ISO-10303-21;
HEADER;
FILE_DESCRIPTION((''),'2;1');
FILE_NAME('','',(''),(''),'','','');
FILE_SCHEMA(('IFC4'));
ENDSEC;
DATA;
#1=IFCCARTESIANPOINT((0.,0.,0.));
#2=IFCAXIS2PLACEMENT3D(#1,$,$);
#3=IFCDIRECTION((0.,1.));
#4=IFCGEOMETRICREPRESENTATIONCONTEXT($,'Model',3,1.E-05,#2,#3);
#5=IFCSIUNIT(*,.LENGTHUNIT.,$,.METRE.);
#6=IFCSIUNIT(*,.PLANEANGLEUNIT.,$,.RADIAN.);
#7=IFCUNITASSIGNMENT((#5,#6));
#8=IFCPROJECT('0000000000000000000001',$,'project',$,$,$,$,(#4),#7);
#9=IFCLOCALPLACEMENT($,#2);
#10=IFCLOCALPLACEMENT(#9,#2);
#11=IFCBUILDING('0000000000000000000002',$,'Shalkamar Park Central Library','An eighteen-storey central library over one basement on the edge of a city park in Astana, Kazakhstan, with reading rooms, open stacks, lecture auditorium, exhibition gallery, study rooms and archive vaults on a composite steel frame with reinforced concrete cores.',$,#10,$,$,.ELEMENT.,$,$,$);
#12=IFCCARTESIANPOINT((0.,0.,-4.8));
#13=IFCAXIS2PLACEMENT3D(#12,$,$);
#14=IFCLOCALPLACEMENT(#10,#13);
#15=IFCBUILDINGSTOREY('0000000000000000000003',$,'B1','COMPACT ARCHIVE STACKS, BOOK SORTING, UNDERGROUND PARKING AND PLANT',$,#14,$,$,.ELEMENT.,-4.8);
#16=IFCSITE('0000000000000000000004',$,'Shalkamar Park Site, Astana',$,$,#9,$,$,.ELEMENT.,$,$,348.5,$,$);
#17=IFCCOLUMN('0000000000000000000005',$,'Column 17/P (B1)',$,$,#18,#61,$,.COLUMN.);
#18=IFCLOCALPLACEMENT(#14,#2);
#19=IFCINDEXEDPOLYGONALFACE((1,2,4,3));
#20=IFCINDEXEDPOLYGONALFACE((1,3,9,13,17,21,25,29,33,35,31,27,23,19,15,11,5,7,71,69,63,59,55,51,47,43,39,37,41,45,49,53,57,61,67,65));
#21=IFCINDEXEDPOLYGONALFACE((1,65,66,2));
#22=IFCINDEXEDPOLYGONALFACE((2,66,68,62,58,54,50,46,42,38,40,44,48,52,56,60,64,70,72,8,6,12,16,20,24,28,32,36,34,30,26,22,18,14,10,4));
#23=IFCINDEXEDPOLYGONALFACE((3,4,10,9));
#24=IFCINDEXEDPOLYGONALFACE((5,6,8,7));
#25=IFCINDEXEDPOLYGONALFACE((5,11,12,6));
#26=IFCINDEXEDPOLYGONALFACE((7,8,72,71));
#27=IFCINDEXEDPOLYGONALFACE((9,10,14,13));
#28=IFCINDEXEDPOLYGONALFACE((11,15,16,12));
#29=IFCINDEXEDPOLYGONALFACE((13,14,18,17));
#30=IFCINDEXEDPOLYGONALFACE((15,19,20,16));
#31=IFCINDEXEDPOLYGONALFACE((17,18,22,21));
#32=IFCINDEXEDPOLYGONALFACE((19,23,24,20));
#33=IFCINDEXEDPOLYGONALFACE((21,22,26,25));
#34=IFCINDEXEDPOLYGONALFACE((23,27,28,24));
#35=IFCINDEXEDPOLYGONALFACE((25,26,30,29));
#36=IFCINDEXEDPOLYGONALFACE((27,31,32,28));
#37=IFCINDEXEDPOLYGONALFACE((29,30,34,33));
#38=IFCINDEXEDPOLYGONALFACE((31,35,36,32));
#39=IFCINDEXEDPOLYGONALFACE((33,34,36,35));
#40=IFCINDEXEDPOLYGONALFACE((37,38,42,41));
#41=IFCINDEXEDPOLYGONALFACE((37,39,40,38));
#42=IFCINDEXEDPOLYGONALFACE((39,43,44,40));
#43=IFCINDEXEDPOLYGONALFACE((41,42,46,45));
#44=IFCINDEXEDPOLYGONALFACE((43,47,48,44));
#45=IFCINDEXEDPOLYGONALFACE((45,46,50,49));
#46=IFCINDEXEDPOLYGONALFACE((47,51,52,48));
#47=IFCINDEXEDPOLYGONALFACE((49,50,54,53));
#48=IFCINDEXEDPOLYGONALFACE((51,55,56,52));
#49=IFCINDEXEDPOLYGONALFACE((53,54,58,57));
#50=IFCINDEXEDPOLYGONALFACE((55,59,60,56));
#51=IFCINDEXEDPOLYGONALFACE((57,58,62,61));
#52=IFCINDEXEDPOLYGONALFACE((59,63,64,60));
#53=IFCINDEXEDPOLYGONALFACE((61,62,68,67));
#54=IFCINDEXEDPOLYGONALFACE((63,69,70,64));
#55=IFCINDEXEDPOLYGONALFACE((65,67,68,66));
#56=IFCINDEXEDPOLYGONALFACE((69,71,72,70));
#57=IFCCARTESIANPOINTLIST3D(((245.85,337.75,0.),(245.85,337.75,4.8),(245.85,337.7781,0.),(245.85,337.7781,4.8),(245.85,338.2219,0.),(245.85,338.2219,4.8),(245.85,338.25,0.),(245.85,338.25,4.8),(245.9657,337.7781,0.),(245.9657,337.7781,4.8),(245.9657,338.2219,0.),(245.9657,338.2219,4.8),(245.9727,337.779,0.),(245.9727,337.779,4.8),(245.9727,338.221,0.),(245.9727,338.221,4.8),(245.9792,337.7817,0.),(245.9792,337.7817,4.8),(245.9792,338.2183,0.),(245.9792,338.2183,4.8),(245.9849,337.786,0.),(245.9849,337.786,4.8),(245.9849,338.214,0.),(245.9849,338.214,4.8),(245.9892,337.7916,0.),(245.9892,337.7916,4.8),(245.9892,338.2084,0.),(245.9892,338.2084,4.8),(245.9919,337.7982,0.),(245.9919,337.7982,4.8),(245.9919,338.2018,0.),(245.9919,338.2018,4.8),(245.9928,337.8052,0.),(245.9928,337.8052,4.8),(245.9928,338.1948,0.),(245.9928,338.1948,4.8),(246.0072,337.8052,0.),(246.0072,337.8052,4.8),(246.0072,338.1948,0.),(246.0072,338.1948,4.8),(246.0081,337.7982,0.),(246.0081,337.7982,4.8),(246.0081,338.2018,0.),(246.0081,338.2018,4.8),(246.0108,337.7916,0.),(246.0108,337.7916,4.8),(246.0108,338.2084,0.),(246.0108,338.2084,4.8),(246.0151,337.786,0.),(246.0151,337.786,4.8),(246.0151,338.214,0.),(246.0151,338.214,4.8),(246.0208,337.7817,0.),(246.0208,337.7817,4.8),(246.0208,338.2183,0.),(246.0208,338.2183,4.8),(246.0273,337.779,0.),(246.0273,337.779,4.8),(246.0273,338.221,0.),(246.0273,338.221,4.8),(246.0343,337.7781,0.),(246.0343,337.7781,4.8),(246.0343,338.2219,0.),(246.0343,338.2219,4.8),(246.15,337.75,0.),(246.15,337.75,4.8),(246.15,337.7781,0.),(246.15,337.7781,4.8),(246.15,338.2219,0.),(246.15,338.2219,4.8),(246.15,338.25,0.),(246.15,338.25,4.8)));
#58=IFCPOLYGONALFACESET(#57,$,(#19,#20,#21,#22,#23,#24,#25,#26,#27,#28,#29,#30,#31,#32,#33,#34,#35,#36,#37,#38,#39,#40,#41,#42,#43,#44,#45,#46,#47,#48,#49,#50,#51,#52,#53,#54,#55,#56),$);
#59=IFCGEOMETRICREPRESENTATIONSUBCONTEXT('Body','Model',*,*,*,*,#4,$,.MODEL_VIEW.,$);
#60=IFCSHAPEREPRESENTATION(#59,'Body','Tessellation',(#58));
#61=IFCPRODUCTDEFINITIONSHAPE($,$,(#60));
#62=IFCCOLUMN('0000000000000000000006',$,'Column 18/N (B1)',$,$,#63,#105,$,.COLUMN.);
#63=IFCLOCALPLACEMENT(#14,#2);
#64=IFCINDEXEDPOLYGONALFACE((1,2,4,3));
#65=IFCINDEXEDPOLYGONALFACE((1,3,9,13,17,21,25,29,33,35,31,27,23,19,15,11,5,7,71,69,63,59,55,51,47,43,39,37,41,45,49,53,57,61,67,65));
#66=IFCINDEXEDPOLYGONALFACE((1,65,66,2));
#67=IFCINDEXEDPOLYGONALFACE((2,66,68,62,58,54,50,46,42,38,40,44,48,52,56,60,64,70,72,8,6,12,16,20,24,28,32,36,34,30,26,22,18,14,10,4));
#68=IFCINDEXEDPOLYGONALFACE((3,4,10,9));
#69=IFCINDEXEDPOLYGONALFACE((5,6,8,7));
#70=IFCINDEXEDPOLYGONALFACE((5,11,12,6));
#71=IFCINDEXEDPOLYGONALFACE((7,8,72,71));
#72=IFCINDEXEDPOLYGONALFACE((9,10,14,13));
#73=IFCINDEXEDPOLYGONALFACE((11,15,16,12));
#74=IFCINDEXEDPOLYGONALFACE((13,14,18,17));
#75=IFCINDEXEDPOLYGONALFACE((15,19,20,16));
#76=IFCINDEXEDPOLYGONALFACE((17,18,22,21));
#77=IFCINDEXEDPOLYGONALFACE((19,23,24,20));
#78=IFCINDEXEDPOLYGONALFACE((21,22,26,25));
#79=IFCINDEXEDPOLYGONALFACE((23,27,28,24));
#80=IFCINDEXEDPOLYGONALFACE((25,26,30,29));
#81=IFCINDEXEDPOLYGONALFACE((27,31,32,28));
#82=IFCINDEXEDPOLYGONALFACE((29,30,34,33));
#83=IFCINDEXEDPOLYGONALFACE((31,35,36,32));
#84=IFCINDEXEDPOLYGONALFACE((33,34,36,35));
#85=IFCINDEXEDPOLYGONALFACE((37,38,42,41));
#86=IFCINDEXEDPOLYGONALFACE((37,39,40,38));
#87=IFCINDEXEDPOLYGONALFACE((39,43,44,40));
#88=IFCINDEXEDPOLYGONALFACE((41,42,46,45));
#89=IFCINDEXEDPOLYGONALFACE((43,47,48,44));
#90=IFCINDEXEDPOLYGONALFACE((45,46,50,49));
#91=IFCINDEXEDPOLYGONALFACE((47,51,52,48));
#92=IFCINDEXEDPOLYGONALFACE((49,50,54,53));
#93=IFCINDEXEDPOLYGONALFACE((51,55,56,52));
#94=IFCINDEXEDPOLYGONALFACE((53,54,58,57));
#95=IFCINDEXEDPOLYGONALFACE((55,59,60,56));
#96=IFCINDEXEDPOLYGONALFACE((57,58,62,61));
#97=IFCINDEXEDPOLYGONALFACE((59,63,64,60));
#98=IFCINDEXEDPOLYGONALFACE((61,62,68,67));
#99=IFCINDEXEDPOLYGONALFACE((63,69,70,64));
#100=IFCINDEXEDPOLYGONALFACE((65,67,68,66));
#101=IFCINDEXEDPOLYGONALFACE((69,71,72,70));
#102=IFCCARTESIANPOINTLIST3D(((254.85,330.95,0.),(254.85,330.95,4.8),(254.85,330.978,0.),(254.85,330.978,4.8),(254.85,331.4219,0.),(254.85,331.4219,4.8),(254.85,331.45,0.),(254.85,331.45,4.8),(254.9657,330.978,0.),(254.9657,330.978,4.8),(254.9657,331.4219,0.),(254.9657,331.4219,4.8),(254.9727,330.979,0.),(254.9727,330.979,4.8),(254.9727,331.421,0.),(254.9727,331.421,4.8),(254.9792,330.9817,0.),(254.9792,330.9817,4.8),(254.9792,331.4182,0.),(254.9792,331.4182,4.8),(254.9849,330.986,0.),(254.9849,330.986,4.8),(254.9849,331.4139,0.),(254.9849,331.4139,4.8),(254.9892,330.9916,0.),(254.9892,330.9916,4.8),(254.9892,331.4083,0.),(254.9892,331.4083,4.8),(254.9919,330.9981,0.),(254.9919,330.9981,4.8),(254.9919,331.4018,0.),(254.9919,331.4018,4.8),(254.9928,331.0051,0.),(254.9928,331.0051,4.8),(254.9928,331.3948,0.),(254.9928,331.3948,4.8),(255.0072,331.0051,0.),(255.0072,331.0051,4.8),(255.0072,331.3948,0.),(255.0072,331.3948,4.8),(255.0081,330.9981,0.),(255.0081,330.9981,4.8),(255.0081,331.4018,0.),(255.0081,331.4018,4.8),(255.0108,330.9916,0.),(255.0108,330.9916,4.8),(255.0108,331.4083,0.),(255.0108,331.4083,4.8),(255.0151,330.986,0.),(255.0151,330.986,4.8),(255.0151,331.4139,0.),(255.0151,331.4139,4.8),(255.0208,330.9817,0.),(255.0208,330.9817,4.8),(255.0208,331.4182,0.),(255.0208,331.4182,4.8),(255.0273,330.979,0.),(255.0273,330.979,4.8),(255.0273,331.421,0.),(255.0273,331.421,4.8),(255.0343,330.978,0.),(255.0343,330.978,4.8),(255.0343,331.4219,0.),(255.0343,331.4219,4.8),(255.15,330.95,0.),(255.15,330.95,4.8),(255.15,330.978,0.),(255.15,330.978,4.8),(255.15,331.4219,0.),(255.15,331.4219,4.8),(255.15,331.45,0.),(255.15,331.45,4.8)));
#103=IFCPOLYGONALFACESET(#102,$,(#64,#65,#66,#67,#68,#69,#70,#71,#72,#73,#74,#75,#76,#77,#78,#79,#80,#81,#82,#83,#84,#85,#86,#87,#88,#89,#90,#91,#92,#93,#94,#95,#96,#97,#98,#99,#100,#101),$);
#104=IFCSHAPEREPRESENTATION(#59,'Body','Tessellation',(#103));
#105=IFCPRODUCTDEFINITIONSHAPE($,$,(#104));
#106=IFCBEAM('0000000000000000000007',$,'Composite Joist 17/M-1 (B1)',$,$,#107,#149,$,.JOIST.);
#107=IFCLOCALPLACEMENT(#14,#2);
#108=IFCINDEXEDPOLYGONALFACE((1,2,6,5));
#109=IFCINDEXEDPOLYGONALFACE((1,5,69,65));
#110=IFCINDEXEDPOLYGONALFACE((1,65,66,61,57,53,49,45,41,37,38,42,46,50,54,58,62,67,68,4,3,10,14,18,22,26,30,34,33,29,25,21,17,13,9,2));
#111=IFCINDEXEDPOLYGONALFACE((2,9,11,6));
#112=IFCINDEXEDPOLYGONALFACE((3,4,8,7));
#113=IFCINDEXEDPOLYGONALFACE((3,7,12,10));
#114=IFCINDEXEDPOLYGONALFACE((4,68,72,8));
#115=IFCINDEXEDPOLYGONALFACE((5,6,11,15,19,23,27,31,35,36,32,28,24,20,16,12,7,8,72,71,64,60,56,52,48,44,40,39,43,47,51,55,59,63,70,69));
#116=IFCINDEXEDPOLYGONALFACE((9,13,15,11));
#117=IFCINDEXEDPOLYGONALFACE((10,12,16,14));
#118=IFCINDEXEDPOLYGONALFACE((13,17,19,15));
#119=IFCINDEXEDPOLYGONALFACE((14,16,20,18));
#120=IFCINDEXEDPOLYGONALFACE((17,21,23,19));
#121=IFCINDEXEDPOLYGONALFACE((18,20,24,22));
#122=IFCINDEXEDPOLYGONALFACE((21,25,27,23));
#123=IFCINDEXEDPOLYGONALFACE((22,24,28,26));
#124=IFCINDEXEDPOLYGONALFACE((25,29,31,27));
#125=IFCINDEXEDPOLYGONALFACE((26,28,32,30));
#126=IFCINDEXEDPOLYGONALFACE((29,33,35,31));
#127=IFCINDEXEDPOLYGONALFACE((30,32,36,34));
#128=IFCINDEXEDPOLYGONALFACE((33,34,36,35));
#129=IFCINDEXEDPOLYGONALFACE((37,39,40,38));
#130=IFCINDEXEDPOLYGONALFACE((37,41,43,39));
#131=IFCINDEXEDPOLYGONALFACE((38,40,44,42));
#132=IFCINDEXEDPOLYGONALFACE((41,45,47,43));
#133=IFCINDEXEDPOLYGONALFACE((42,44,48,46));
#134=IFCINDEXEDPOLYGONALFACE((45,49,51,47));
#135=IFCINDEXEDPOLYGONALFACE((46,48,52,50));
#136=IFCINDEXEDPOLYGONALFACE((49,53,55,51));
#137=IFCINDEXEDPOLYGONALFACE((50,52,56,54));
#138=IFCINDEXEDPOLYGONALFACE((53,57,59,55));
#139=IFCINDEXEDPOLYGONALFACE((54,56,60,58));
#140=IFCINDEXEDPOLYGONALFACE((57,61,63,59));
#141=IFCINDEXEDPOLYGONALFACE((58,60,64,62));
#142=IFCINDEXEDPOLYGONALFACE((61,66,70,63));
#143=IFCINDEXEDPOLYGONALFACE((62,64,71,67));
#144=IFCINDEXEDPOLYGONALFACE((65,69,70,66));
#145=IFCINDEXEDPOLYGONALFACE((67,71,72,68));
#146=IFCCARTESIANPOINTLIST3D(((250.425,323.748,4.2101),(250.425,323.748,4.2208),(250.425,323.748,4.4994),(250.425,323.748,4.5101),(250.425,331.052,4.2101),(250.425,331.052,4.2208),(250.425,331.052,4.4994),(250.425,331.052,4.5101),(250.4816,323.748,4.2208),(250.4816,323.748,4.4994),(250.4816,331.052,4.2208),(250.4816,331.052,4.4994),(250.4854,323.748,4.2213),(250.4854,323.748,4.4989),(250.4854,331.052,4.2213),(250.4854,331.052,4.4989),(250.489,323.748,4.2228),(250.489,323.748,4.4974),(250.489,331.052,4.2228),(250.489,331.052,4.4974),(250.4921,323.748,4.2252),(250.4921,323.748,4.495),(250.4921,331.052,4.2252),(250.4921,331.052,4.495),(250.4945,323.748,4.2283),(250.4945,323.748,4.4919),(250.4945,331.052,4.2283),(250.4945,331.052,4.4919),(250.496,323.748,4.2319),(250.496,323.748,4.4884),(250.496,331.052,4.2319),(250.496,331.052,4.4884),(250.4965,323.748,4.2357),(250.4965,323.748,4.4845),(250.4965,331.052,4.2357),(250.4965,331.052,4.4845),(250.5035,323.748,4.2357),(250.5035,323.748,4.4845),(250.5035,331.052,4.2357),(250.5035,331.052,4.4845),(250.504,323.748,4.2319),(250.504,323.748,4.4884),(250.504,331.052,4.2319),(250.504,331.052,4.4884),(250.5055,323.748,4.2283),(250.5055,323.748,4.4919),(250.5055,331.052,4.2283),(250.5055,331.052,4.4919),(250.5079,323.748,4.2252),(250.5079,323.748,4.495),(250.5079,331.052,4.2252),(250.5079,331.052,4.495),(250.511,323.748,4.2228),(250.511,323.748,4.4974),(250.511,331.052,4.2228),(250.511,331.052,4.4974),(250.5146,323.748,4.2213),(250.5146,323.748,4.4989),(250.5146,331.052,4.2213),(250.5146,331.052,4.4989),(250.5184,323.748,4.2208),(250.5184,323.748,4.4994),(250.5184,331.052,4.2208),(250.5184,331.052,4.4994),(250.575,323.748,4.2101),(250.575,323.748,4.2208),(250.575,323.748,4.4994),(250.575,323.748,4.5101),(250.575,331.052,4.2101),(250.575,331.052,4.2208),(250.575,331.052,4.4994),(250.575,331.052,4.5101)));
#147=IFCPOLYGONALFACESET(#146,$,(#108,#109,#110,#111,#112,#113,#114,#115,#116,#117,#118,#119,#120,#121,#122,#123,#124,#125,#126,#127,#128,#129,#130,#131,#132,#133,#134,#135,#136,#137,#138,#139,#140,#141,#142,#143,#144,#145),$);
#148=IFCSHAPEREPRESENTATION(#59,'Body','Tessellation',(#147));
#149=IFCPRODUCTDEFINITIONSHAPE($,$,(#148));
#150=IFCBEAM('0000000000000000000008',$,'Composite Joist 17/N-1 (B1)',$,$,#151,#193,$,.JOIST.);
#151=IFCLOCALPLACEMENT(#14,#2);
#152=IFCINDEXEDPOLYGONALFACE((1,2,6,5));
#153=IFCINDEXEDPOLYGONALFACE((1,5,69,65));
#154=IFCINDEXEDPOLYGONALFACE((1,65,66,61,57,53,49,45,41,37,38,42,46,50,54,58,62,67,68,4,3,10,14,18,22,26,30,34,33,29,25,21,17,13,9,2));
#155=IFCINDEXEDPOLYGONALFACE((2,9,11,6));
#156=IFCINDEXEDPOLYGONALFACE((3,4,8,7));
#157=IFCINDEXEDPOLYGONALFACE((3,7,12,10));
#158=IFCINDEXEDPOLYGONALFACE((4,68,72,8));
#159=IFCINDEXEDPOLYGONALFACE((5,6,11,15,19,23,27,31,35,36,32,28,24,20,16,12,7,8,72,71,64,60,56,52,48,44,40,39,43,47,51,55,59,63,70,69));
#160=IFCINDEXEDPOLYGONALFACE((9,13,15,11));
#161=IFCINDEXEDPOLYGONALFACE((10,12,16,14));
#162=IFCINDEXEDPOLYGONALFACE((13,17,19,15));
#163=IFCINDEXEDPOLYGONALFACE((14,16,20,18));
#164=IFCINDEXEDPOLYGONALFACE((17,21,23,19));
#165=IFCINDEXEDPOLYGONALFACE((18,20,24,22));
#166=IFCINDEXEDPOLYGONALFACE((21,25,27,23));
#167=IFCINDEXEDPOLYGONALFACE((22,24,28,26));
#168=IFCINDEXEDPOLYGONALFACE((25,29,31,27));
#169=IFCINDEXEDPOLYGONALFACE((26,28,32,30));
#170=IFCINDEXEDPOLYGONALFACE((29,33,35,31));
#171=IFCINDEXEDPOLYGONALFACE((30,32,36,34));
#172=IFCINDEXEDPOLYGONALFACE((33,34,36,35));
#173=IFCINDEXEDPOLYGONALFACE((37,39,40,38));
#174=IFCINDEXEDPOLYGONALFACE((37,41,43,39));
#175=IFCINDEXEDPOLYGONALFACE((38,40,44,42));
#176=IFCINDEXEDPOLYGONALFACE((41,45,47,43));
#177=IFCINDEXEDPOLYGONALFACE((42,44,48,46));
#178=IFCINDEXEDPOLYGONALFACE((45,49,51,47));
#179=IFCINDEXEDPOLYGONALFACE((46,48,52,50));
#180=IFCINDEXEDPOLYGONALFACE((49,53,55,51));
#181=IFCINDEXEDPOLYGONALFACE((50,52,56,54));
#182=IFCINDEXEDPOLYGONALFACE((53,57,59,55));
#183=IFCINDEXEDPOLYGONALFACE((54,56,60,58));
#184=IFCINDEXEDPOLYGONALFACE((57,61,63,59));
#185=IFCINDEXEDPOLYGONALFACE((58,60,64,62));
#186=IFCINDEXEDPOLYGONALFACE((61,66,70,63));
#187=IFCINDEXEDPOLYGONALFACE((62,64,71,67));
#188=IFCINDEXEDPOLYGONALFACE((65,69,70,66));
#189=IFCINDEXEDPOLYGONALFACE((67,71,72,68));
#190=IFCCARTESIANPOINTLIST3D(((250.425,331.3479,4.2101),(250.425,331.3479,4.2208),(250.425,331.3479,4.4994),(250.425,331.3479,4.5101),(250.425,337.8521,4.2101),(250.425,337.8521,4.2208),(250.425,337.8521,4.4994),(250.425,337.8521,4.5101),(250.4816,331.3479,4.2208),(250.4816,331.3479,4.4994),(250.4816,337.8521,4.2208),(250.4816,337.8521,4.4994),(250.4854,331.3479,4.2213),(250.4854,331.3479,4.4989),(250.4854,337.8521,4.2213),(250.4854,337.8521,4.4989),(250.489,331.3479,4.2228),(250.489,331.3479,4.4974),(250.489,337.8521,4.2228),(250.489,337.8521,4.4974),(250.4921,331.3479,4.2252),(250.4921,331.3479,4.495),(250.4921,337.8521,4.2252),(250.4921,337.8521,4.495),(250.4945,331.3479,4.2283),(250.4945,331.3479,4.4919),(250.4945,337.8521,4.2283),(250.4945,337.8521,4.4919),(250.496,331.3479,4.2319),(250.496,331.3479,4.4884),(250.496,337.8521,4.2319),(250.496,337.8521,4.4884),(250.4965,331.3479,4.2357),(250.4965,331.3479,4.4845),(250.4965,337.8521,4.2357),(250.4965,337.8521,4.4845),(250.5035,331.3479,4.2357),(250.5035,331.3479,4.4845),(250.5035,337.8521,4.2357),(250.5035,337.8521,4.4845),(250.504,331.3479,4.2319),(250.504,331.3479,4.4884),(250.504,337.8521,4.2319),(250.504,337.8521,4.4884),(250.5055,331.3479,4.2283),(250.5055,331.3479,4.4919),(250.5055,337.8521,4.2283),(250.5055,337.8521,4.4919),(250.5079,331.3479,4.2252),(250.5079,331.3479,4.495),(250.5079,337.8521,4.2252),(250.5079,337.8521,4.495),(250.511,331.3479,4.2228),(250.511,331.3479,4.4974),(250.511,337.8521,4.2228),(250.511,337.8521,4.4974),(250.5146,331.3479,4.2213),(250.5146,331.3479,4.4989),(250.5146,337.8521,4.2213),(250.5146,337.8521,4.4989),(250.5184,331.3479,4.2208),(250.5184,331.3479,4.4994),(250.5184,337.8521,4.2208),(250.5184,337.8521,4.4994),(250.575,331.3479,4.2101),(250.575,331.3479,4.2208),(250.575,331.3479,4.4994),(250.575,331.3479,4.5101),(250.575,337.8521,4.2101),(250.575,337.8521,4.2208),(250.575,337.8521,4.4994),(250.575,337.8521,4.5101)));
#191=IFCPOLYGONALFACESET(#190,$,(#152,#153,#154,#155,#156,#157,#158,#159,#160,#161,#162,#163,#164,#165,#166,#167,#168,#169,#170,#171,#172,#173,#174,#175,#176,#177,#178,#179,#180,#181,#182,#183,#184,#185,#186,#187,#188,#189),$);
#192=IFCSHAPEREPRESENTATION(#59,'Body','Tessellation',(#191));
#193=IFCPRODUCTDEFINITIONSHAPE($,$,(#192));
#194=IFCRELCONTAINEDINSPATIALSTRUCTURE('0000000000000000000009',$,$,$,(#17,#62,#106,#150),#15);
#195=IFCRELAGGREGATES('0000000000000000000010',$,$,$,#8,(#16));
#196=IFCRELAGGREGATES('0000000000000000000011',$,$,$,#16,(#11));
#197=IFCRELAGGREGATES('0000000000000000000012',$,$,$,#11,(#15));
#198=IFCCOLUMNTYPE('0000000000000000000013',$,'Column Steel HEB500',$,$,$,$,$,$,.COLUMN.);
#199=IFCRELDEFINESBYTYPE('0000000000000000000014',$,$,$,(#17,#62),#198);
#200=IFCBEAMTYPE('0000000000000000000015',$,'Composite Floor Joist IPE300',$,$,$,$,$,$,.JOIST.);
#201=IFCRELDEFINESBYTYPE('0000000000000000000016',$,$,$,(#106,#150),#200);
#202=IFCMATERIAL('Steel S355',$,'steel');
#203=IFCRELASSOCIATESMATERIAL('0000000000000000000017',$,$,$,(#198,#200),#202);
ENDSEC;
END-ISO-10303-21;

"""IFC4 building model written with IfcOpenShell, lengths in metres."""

from ifc_helpers import new_model, si_unit, direction, frame, origin, origin_2d, place, context, subcontext, project, spatial, i_section, extrude, material, material_profile, profile_set, type_object, element, save


model = new_model("IFC4")

# Units and contexts
model_context = context("Model", 3, precision=1e-05, world=origin(), true_north=direction((0.0, 1.0)))
body_context = subcontext(model_context, "Body", "Model", "MODEL_VIEW")
ifc_project = project(units=[si_unit("LENGTHUNIT", "METRE"), si_unit("PLANEANGLEUNIT", "RADIAN")], contexts=[model_context])

# Site, building, storey
site_placement = place(None, origin())
site = spatial("IfcSite", under=ifc_project, at=site_placement, Name="Shalkamar Park Site, Astana", CompositionType="ELEMENT", RefElevation=348.5)
building_placement = place(site_placement, origin())
building = spatial("IfcBuilding", under=site, at=building_placement, Name="Shalkamar Park Central Library", Description="An eighteen-storey central library over one basement on the edge of a city park in Astana, Kazakhstan, with reading rooms, open stacks, lecture auditorium, exhibition gallery, study rooms and archive vaults on a composite steel frame with reinforced concrete cores.", CompositionType="ELEMENT")
storey_placement = place(building_placement, frame((0.0, 0.0, -4.8)))
storey = spatial("IfcBuildingStorey", under=building, at=storey_placement, Name="B1", Description="COMPACT ARCHIVE STACKS, BOOK SORTING, UNDERGROUND PARKING AND PLANT", CompositionType="ELEMENT", Elevation=-4.8)

# Columns
ifc_material_1 = material(Name="Steel S355", Category="steel")
ifc_material_profile_1 = material_profile(ifc_material_1, i_section(OverallWidth=0.3, OverallDepth=0.5, WebThickness=0.0144, FlangeThickness=0.0281, FilletRadius=0.0271, at=origin_2d()), Name="HEB 500")
ifc_profile_set_1 = profile_set([ifc_material_profile_1], Name="Steel S355")
column_type = type_object("IfcColumnType", Name="Column Steel HEB500", PredefinedType="COLUMN", material=ifc_profile_set_1)
for number, where, z_axis, x_axis, name in (
    (1, (246.0, 338.0, 0.0), (0.0, 0.0, 1.0), (1.0, 0.0, 0.0), "Column 17/P (B1)"),
    (2, (255.0, 331.2, 0.0), (0.0, 0.0, 1.0), (1.0, 0.0, 0.0), "Column 18/N (B1)"),
):
    element("IfcColumn", number, at=place(storey_placement, frame(where, z_axis=z_axis, x_axis=x_axis)), inside=storey, type_object=column_type, Name=name, PredefinedType="COLUMN", context=body_context, shape_type="SweptSolid", body=[
        extrude(i_section(OverallWidth=0.3, OverallDepth=0.5, WebThickness=0.0144, FlangeThickness=0.0281, FilletRadius=0.0271, at=origin_2d()), origin(), (0.0, 0.0, 1.0), 4.8),
    ])

# Beams
ifc_material_profile_2 = material_profile(ifc_material_1, i_section(OverallWidth=0.1499, OverallDepth=0.3, WebThickness=0.0071, FlangeThickness=0.0107, FilletRadius=0.0149, at=origin_2d()), Name="IPE 300")
ifc_profile_set_2 = profile_set([ifc_material_profile_2], Name="Steel S355")
beam_type_1 = type_object("IfcBeamType", Name="Composite Floor Joist IPE300", PredefinedType="JOIST", material=ifc_profile_set_2)
beam_1_placement = place(storey_placement, frame((250.5, 323.748, 4.3601), z_axis=(0.0, 1.0, 0.0), x_axis=(-1.0, 0.0, 0.0)))
element("IfcBeam", 3, at=beam_1_placement, inside=storey, type_object=beam_type_1, Name="Composite Joist 17/M-1 (B1)", PredefinedType="JOIST", context=body_context, shape_type="SweptSolid", body=[
    extrude(i_section(OverallWidth=0.1499, OverallDepth=0.3, WebThickness=0.0071, FlangeThickness=0.0107, FilletRadius=0.0149, at=origin_2d()), origin(), (0.0, 0.0, 1.0), 7.304),
])
beam_2_placement = place(storey_placement, frame((250.5, 331.3479, 4.3601), z_axis=(0.0, 1.0, 0.0), x_axis=(-1.0, 0.0, 0.0)))
element("IfcBeam", 4, at=beam_2_placement, inside=storey, type_object=beam_type_1, Name="Composite Joist 17/N-1 (B1)", PredefinedType="JOIST", context=body_context, shape_type="SweptSolid", body=[
    extrude(i_section(OverallWidth=0.1499, OverallDepth=0.3, WebThickness=0.0071, FlangeThickness=0.0107, FilletRadius=0.0149, at=origin_2d()), origin(), (0.0, 0.0, 1.0), 6.5042),
])

save(model, "model.ifc")
